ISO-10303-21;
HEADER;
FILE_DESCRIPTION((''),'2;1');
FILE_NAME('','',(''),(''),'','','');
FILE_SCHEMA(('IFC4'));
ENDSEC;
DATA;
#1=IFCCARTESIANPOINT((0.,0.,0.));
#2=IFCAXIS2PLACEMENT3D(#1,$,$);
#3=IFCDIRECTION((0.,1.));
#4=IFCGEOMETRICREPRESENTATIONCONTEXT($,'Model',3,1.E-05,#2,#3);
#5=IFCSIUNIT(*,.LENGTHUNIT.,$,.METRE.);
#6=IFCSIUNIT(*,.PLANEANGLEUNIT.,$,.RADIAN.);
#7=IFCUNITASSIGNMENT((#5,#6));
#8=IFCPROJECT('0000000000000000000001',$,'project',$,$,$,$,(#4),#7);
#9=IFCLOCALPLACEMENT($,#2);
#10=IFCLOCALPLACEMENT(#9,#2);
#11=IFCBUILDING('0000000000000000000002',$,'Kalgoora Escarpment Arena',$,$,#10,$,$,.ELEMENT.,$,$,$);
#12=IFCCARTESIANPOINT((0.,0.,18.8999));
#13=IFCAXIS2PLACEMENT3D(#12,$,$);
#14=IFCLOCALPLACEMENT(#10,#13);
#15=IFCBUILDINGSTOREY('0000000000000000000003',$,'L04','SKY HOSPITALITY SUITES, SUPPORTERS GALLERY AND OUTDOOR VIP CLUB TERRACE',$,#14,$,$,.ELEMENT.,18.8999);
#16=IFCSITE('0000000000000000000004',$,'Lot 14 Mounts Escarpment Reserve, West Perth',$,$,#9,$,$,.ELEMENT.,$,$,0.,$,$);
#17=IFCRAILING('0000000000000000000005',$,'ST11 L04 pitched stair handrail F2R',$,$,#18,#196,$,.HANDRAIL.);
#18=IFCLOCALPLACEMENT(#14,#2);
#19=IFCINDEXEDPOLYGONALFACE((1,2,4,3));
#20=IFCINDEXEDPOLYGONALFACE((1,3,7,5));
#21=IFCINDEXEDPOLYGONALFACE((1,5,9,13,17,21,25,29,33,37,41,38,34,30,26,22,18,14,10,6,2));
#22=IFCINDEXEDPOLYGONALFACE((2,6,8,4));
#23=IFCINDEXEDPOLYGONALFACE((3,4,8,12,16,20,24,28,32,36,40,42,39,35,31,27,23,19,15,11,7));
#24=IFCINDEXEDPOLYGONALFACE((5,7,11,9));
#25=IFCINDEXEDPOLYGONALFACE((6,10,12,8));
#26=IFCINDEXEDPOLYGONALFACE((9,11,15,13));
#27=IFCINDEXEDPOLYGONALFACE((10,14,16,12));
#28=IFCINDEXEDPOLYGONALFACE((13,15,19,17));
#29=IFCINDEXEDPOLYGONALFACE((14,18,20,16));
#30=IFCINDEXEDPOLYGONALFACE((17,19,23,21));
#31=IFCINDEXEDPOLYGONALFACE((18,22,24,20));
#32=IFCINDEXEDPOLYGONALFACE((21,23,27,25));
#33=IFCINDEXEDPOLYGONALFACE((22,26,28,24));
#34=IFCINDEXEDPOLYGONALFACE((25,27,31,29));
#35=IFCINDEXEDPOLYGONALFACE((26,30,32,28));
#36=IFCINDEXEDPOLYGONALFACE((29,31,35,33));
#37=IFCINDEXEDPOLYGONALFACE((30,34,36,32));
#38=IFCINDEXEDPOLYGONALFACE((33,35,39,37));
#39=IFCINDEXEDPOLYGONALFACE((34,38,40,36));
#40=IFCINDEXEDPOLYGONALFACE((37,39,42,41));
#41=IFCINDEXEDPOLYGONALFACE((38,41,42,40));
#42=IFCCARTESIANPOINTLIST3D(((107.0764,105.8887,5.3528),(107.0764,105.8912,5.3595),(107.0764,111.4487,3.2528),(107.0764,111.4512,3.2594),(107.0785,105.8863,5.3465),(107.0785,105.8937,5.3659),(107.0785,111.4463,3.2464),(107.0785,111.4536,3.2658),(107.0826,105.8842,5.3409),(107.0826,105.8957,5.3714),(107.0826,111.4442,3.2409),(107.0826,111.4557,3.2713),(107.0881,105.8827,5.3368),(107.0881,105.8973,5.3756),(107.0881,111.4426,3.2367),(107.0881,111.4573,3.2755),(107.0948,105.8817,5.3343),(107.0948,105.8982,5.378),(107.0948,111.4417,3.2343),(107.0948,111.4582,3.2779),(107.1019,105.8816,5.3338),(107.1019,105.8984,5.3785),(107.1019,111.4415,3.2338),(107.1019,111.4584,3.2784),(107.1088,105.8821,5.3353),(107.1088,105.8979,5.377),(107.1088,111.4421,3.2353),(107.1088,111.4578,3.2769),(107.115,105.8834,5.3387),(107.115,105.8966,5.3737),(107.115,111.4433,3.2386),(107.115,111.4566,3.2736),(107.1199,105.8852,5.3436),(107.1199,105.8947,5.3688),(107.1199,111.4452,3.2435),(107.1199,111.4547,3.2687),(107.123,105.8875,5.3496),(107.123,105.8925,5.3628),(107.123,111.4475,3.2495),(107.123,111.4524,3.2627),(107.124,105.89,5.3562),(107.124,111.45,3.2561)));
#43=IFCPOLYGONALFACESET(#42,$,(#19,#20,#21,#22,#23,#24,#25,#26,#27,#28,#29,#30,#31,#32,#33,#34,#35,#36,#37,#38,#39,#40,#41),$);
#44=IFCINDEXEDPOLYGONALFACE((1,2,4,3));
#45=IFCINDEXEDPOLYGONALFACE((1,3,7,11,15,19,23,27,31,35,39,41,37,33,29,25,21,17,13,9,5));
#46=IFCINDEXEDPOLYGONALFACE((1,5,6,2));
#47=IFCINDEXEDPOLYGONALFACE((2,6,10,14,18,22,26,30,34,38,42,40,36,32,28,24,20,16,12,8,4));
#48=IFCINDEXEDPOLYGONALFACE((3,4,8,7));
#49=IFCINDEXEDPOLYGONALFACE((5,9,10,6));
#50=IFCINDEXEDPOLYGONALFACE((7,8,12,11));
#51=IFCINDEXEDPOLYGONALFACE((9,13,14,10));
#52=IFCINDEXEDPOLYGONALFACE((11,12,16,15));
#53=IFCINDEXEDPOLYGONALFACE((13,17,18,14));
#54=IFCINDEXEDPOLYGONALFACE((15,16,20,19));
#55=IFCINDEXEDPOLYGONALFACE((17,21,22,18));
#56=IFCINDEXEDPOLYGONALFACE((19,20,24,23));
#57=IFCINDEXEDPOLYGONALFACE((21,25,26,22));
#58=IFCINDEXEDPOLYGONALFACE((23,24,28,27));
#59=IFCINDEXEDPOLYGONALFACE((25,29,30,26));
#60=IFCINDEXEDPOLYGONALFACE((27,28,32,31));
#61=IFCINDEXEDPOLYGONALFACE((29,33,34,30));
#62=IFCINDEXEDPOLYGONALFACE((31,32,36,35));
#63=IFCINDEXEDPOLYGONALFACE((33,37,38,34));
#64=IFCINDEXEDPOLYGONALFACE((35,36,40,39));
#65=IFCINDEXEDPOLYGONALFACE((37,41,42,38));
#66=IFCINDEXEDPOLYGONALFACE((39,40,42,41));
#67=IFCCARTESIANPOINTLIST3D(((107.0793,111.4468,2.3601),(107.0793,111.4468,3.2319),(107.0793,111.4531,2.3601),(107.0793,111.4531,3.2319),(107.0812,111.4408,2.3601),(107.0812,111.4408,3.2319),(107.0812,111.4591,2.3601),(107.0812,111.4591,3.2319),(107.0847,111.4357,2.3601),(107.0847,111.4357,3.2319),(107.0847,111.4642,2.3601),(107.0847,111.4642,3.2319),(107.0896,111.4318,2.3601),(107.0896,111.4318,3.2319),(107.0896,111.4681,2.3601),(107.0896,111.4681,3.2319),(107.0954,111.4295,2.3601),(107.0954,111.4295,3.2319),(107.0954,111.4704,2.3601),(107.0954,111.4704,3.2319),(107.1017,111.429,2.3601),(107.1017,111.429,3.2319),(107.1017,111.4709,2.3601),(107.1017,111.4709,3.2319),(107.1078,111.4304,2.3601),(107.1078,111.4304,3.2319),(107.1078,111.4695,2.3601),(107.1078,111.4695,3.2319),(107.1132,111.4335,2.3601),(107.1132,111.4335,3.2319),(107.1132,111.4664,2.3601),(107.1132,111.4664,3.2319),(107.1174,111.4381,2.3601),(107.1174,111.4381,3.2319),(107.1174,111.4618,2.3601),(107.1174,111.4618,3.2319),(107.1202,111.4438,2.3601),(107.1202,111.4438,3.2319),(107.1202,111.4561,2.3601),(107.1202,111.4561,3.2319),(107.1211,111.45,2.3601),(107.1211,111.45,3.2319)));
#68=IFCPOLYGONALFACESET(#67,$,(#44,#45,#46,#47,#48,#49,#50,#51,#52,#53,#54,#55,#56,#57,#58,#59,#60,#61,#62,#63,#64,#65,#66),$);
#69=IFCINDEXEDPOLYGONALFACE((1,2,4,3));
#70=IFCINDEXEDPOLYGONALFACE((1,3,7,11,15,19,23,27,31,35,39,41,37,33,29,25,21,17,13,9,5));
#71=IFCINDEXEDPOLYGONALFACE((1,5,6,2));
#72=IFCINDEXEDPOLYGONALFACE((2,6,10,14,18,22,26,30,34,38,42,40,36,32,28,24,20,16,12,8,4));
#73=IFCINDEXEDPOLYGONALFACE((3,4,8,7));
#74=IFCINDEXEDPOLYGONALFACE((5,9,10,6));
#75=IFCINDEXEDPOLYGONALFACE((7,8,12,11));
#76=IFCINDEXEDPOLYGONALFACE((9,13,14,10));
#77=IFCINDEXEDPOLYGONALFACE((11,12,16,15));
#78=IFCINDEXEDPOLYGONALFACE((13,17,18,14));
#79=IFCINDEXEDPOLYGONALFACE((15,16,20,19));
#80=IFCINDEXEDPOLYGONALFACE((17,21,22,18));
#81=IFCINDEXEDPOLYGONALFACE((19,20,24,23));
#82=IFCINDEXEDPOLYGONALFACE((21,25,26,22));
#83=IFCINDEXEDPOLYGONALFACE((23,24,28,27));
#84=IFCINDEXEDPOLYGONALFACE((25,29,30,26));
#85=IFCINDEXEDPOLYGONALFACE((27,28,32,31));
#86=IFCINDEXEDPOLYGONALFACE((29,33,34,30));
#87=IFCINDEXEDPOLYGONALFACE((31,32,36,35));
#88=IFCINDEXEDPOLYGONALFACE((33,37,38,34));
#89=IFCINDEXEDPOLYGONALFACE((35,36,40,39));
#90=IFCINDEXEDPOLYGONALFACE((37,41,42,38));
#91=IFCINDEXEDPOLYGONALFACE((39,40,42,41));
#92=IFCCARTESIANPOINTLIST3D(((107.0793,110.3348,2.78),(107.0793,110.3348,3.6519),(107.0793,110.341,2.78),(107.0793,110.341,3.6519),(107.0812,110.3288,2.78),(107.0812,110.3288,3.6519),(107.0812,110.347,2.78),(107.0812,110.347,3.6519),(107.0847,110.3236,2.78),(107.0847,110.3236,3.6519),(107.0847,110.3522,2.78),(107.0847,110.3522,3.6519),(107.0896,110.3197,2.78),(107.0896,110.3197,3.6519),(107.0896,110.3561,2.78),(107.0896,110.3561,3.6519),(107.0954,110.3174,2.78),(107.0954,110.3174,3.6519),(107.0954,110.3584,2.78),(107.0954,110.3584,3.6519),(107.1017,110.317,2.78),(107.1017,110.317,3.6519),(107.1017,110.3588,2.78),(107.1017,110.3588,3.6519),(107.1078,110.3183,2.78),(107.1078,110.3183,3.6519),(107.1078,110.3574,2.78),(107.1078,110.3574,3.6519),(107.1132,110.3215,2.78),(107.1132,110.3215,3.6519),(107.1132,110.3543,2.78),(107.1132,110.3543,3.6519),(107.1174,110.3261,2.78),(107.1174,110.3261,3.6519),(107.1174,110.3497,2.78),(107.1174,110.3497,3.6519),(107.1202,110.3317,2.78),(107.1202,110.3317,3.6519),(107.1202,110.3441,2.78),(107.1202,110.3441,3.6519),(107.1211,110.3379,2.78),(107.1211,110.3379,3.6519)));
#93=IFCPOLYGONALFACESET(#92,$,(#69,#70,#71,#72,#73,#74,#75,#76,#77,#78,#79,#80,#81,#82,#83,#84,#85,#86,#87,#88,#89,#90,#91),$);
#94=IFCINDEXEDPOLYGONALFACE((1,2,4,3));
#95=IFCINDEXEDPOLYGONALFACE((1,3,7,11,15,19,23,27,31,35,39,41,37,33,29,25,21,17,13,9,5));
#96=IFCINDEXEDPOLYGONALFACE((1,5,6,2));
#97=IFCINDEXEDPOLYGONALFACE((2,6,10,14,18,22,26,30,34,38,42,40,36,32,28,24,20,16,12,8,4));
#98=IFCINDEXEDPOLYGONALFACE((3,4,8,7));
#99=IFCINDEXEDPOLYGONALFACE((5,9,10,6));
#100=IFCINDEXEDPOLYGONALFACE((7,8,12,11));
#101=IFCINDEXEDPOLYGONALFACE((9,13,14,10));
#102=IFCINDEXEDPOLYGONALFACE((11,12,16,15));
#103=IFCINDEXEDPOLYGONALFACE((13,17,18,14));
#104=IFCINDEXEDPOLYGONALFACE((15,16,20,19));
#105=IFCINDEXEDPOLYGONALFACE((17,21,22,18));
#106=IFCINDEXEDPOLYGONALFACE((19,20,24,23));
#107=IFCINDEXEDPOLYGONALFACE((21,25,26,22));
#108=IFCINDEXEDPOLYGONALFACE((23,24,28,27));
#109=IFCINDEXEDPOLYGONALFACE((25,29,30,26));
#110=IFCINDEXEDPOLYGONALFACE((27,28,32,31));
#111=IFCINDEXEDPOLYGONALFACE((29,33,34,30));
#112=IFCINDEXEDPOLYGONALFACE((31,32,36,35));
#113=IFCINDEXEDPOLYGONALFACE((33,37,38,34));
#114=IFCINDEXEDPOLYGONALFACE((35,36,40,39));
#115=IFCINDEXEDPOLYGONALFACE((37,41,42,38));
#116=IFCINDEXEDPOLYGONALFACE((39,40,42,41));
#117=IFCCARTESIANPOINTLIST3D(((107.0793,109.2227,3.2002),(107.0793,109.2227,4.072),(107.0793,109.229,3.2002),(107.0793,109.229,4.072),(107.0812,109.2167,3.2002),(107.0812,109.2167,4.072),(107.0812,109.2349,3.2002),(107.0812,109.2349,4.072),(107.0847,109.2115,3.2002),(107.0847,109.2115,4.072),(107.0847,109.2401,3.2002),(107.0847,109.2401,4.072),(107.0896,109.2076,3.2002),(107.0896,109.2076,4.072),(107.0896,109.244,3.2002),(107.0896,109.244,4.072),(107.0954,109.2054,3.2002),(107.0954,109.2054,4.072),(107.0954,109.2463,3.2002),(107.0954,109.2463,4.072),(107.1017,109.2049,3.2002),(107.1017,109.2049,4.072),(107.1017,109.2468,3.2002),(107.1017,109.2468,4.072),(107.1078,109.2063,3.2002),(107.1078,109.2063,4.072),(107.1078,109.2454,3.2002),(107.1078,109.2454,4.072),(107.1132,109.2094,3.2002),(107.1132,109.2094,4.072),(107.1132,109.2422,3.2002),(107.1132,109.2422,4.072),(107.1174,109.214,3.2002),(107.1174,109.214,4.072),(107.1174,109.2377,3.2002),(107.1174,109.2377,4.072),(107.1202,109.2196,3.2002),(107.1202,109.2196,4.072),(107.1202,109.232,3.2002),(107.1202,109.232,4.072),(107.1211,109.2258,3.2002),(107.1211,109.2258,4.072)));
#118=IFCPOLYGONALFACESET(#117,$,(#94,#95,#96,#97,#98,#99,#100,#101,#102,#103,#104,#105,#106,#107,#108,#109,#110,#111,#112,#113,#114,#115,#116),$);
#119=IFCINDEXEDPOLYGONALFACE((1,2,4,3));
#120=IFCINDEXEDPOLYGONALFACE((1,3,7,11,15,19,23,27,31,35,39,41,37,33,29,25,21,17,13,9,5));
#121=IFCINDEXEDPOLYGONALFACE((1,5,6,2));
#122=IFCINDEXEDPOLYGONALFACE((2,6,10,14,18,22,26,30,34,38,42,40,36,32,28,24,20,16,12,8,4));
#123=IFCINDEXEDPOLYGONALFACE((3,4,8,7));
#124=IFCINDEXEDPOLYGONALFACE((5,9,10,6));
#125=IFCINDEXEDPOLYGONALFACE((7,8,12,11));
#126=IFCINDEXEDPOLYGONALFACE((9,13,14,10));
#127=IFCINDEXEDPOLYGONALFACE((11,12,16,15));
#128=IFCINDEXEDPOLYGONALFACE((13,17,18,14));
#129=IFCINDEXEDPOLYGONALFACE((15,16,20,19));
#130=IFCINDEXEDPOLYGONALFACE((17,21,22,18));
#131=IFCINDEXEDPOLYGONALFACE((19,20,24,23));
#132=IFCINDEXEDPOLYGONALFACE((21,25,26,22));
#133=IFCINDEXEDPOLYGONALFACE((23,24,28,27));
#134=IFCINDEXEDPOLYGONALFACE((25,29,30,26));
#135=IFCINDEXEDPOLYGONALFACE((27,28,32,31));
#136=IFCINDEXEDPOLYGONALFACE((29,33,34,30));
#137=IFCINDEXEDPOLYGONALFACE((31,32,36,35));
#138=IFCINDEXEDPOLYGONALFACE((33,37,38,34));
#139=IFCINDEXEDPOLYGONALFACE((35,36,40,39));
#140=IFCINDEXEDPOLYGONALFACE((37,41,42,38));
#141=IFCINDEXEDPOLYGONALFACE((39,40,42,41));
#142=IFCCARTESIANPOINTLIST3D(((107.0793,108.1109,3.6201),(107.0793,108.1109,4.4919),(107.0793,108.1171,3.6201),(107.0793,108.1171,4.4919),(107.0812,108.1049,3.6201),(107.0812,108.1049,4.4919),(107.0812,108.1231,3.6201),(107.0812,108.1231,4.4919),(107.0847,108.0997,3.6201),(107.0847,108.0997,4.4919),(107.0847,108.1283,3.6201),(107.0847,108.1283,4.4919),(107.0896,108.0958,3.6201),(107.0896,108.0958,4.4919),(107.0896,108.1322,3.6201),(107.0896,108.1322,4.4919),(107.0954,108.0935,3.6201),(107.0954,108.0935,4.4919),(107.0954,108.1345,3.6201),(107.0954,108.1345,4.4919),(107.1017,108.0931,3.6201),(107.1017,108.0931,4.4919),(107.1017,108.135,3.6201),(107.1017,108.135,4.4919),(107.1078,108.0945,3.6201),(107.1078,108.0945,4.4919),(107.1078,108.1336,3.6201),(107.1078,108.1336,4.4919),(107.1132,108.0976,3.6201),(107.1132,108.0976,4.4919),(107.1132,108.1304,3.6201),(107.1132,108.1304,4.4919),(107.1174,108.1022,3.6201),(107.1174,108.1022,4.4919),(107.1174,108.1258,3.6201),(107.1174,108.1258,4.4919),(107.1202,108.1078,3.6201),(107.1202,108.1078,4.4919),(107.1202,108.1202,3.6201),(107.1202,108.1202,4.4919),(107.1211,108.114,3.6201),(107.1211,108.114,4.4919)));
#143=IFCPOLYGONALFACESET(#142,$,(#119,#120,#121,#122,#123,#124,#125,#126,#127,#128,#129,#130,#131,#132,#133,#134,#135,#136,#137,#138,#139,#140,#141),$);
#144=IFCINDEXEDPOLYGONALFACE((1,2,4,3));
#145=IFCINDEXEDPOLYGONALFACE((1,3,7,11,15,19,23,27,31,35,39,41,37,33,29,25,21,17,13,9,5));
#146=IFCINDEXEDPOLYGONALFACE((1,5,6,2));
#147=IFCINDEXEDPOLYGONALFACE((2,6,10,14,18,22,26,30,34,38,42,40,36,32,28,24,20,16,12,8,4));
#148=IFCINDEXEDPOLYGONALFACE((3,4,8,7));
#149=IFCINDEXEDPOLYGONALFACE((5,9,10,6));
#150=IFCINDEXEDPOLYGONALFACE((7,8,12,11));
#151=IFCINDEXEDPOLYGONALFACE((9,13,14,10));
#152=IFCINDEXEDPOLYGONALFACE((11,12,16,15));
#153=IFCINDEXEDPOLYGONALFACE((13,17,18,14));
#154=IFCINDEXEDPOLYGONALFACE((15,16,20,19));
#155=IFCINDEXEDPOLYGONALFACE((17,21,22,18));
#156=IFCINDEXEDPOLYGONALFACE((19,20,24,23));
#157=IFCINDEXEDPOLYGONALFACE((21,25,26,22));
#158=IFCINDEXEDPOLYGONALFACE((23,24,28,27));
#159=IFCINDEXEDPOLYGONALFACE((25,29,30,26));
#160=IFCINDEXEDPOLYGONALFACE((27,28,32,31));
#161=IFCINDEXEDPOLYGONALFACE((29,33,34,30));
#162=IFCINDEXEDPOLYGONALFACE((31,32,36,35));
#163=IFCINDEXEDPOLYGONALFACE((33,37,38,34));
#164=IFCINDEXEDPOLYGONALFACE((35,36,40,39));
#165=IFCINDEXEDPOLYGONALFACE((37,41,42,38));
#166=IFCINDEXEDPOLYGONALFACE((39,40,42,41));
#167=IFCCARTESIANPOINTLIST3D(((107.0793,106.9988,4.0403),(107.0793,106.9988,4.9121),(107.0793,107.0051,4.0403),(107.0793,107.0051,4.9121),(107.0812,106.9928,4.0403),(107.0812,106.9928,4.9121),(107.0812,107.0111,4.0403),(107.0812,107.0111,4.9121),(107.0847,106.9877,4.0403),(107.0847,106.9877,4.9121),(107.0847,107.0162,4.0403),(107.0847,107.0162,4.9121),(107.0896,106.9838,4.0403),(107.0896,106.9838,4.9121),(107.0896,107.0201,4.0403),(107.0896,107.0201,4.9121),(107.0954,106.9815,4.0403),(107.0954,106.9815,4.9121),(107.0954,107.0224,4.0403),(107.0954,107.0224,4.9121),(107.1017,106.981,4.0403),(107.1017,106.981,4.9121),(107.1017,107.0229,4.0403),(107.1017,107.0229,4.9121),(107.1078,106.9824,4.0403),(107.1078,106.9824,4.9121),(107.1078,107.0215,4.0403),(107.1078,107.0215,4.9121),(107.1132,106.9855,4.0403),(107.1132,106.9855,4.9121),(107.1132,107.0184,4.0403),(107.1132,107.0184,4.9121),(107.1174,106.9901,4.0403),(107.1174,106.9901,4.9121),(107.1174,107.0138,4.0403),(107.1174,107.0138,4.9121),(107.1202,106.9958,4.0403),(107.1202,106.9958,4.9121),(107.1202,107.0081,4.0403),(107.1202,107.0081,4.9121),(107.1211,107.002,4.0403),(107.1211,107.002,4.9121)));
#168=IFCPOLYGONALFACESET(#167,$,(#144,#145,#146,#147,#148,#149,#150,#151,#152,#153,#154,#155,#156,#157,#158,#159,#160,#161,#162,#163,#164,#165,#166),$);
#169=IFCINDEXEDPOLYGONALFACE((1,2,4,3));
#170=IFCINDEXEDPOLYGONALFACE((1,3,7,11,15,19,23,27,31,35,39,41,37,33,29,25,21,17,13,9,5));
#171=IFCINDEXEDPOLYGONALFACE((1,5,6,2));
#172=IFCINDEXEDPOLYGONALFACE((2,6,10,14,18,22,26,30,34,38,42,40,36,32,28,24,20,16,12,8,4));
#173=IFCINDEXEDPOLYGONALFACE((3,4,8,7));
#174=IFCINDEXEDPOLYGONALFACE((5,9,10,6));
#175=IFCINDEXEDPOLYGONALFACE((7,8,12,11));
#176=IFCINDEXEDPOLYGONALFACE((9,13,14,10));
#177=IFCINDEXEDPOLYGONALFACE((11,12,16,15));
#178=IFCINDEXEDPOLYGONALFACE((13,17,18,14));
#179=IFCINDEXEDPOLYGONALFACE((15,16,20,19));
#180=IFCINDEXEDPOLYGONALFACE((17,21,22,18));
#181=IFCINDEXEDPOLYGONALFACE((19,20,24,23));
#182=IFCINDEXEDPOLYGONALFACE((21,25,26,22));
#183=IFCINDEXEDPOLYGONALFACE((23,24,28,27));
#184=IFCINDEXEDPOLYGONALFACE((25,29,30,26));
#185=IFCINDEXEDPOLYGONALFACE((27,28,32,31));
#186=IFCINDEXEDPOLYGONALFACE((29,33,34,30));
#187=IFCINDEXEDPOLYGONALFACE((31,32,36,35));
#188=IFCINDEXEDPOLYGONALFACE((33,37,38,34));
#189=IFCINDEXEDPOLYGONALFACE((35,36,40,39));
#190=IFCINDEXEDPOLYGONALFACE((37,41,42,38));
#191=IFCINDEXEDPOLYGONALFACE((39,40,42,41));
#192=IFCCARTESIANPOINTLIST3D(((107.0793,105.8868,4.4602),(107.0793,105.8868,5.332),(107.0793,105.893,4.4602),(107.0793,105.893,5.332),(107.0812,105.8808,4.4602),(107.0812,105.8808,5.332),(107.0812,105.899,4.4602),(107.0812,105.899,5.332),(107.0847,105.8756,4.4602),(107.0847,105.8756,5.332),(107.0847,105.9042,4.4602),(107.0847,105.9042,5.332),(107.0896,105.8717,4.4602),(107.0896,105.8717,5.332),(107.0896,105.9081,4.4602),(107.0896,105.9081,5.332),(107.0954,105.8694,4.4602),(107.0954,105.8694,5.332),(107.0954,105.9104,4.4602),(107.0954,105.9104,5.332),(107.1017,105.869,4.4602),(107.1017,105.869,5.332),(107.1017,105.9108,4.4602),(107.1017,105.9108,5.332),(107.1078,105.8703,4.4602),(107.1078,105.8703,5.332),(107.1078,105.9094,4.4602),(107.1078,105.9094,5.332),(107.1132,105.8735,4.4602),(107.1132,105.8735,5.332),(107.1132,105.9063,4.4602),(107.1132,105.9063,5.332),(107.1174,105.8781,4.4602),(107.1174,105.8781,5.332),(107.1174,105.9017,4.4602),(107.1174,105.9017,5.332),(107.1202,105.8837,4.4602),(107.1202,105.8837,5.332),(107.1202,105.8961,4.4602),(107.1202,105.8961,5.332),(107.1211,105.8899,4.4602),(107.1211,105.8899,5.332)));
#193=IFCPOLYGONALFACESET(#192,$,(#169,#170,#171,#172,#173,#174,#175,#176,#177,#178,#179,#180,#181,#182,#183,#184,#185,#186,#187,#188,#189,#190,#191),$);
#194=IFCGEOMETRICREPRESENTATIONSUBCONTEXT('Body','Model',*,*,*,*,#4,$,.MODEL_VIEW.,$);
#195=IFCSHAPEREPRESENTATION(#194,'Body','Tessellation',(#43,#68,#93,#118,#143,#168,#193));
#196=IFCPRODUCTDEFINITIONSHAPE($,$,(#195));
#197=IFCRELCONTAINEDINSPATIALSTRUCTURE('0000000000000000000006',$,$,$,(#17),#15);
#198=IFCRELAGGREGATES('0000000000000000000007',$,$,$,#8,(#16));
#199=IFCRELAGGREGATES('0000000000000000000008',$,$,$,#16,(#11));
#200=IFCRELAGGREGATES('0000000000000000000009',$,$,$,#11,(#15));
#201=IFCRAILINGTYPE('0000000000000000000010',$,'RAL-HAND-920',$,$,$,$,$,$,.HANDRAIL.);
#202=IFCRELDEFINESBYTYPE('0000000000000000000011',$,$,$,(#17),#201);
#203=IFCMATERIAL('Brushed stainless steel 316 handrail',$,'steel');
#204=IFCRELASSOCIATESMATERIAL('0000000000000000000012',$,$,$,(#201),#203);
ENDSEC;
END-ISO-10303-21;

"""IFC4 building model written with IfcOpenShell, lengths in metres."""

from ifc_helpers import new_model, si_unit, direction, frame, origin, origin_2d, place, context, subcontext, project, spatial, circle, extrude, material, type_object, element, save


model = new_model("IFC4")

# Units and contexts
model_context = context("Model", 3, precision=1e-05, world=origin(), true_north=direction((0.0, 1.0)))
body_context = subcontext(model_context, "Body", "Model", "MODEL_VIEW")
ifc_project = project(units=[si_unit("LENGTHUNIT", "METRE"), si_unit("PLANEANGLEUNIT", "RADIAN")], contexts=[model_context])

# Site, building, storey
site_placement = place(None, origin())
site = spatial("IfcSite", under=ifc_project, at=site_placement, Name="Lot 14 Mounts Escarpment Reserve, West Perth", CompositionType="ELEMENT", RefElevation=0.0)
building_placement = place(site_placement, origin())
building = spatial("IfcBuilding", under=site, at=building_placement, Name="Kalgoora Escarpment Arena", CompositionType="ELEMENT")
storey_placement = place(building_placement, frame((0.0, 0.0, 18.8999)))
storey = spatial("IfcBuildingStorey", under=building, at=storey_placement, Name="L04", Description="SKY HOSPITALITY SUITES, SUPPORTERS GALLERY AND OUTDOOR VIP CLUB TERRACE", CompositionType="ELEMENT", Elevation=18.8999)

# Railing
ifc_material_1 = material(Name="Brushed stainless steel 316 handrail", Category="steel")
railing_type_1 = type_object("IfcRailingType", Name="RAL-HAND-920", PredefinedType="HANDRAIL", material=ifc_material_1)
for number, where, name in (
    (1, (107.1001, 111.45, 2.3601), "ST11 L04 pitched stair handrail F2R"),
):
    element("IfcRailing", number, at=place(storey_placement, frame(where)), inside=storey, type_object=railing_type_1, Name=name, PredefinedType="HANDRAIL", context=body_context, shape_type="SweptSolid", body=[
        extrude(circle(Radius=0.0239, at=origin_2d()), frame((0.0, 0.0, 0.896), z_axis=(0.0, -0.935493, 0.353346), x_axis=(1.0, 0.0, 0.0)), (0.0, 0.0, 1.0), 5.9434),
        extrude(circle(Radius=0.021, at=origin_2d()), origin(), (0.0, 0.0, 1.0), 0.8718),
        extrude(circle(Radius=0.021, at=origin_2d()), frame((0.0, -1.1121, 0.4199)), (0.0, 0.0, 1.0), 0.8718),
        extrude(circle(Radius=0.021, at=origin_2d()), frame((0.0, -2.2241, 0.8401)), (0.0, 0.0, 1.0), 0.8718),
        extrude(circle(Radius=0.021, at=origin_2d()), frame((0.0, -3.3359, 1.26)), (0.0, 0.0, 1.0), 0.8718),
        extrude(circle(Radius=0.021, at=origin_2d()), frame((0.0, -4.448, 1.6802)), (0.0, 0.0, 1.0), 0.8718),
        extrude(circle(Radius=0.021, at=origin_2d()), frame((0.0, -5.5601, 2.1001)), (0.0, 0.0, 1.0), 0.8718),
    ])

save(model, "model.ifc")
